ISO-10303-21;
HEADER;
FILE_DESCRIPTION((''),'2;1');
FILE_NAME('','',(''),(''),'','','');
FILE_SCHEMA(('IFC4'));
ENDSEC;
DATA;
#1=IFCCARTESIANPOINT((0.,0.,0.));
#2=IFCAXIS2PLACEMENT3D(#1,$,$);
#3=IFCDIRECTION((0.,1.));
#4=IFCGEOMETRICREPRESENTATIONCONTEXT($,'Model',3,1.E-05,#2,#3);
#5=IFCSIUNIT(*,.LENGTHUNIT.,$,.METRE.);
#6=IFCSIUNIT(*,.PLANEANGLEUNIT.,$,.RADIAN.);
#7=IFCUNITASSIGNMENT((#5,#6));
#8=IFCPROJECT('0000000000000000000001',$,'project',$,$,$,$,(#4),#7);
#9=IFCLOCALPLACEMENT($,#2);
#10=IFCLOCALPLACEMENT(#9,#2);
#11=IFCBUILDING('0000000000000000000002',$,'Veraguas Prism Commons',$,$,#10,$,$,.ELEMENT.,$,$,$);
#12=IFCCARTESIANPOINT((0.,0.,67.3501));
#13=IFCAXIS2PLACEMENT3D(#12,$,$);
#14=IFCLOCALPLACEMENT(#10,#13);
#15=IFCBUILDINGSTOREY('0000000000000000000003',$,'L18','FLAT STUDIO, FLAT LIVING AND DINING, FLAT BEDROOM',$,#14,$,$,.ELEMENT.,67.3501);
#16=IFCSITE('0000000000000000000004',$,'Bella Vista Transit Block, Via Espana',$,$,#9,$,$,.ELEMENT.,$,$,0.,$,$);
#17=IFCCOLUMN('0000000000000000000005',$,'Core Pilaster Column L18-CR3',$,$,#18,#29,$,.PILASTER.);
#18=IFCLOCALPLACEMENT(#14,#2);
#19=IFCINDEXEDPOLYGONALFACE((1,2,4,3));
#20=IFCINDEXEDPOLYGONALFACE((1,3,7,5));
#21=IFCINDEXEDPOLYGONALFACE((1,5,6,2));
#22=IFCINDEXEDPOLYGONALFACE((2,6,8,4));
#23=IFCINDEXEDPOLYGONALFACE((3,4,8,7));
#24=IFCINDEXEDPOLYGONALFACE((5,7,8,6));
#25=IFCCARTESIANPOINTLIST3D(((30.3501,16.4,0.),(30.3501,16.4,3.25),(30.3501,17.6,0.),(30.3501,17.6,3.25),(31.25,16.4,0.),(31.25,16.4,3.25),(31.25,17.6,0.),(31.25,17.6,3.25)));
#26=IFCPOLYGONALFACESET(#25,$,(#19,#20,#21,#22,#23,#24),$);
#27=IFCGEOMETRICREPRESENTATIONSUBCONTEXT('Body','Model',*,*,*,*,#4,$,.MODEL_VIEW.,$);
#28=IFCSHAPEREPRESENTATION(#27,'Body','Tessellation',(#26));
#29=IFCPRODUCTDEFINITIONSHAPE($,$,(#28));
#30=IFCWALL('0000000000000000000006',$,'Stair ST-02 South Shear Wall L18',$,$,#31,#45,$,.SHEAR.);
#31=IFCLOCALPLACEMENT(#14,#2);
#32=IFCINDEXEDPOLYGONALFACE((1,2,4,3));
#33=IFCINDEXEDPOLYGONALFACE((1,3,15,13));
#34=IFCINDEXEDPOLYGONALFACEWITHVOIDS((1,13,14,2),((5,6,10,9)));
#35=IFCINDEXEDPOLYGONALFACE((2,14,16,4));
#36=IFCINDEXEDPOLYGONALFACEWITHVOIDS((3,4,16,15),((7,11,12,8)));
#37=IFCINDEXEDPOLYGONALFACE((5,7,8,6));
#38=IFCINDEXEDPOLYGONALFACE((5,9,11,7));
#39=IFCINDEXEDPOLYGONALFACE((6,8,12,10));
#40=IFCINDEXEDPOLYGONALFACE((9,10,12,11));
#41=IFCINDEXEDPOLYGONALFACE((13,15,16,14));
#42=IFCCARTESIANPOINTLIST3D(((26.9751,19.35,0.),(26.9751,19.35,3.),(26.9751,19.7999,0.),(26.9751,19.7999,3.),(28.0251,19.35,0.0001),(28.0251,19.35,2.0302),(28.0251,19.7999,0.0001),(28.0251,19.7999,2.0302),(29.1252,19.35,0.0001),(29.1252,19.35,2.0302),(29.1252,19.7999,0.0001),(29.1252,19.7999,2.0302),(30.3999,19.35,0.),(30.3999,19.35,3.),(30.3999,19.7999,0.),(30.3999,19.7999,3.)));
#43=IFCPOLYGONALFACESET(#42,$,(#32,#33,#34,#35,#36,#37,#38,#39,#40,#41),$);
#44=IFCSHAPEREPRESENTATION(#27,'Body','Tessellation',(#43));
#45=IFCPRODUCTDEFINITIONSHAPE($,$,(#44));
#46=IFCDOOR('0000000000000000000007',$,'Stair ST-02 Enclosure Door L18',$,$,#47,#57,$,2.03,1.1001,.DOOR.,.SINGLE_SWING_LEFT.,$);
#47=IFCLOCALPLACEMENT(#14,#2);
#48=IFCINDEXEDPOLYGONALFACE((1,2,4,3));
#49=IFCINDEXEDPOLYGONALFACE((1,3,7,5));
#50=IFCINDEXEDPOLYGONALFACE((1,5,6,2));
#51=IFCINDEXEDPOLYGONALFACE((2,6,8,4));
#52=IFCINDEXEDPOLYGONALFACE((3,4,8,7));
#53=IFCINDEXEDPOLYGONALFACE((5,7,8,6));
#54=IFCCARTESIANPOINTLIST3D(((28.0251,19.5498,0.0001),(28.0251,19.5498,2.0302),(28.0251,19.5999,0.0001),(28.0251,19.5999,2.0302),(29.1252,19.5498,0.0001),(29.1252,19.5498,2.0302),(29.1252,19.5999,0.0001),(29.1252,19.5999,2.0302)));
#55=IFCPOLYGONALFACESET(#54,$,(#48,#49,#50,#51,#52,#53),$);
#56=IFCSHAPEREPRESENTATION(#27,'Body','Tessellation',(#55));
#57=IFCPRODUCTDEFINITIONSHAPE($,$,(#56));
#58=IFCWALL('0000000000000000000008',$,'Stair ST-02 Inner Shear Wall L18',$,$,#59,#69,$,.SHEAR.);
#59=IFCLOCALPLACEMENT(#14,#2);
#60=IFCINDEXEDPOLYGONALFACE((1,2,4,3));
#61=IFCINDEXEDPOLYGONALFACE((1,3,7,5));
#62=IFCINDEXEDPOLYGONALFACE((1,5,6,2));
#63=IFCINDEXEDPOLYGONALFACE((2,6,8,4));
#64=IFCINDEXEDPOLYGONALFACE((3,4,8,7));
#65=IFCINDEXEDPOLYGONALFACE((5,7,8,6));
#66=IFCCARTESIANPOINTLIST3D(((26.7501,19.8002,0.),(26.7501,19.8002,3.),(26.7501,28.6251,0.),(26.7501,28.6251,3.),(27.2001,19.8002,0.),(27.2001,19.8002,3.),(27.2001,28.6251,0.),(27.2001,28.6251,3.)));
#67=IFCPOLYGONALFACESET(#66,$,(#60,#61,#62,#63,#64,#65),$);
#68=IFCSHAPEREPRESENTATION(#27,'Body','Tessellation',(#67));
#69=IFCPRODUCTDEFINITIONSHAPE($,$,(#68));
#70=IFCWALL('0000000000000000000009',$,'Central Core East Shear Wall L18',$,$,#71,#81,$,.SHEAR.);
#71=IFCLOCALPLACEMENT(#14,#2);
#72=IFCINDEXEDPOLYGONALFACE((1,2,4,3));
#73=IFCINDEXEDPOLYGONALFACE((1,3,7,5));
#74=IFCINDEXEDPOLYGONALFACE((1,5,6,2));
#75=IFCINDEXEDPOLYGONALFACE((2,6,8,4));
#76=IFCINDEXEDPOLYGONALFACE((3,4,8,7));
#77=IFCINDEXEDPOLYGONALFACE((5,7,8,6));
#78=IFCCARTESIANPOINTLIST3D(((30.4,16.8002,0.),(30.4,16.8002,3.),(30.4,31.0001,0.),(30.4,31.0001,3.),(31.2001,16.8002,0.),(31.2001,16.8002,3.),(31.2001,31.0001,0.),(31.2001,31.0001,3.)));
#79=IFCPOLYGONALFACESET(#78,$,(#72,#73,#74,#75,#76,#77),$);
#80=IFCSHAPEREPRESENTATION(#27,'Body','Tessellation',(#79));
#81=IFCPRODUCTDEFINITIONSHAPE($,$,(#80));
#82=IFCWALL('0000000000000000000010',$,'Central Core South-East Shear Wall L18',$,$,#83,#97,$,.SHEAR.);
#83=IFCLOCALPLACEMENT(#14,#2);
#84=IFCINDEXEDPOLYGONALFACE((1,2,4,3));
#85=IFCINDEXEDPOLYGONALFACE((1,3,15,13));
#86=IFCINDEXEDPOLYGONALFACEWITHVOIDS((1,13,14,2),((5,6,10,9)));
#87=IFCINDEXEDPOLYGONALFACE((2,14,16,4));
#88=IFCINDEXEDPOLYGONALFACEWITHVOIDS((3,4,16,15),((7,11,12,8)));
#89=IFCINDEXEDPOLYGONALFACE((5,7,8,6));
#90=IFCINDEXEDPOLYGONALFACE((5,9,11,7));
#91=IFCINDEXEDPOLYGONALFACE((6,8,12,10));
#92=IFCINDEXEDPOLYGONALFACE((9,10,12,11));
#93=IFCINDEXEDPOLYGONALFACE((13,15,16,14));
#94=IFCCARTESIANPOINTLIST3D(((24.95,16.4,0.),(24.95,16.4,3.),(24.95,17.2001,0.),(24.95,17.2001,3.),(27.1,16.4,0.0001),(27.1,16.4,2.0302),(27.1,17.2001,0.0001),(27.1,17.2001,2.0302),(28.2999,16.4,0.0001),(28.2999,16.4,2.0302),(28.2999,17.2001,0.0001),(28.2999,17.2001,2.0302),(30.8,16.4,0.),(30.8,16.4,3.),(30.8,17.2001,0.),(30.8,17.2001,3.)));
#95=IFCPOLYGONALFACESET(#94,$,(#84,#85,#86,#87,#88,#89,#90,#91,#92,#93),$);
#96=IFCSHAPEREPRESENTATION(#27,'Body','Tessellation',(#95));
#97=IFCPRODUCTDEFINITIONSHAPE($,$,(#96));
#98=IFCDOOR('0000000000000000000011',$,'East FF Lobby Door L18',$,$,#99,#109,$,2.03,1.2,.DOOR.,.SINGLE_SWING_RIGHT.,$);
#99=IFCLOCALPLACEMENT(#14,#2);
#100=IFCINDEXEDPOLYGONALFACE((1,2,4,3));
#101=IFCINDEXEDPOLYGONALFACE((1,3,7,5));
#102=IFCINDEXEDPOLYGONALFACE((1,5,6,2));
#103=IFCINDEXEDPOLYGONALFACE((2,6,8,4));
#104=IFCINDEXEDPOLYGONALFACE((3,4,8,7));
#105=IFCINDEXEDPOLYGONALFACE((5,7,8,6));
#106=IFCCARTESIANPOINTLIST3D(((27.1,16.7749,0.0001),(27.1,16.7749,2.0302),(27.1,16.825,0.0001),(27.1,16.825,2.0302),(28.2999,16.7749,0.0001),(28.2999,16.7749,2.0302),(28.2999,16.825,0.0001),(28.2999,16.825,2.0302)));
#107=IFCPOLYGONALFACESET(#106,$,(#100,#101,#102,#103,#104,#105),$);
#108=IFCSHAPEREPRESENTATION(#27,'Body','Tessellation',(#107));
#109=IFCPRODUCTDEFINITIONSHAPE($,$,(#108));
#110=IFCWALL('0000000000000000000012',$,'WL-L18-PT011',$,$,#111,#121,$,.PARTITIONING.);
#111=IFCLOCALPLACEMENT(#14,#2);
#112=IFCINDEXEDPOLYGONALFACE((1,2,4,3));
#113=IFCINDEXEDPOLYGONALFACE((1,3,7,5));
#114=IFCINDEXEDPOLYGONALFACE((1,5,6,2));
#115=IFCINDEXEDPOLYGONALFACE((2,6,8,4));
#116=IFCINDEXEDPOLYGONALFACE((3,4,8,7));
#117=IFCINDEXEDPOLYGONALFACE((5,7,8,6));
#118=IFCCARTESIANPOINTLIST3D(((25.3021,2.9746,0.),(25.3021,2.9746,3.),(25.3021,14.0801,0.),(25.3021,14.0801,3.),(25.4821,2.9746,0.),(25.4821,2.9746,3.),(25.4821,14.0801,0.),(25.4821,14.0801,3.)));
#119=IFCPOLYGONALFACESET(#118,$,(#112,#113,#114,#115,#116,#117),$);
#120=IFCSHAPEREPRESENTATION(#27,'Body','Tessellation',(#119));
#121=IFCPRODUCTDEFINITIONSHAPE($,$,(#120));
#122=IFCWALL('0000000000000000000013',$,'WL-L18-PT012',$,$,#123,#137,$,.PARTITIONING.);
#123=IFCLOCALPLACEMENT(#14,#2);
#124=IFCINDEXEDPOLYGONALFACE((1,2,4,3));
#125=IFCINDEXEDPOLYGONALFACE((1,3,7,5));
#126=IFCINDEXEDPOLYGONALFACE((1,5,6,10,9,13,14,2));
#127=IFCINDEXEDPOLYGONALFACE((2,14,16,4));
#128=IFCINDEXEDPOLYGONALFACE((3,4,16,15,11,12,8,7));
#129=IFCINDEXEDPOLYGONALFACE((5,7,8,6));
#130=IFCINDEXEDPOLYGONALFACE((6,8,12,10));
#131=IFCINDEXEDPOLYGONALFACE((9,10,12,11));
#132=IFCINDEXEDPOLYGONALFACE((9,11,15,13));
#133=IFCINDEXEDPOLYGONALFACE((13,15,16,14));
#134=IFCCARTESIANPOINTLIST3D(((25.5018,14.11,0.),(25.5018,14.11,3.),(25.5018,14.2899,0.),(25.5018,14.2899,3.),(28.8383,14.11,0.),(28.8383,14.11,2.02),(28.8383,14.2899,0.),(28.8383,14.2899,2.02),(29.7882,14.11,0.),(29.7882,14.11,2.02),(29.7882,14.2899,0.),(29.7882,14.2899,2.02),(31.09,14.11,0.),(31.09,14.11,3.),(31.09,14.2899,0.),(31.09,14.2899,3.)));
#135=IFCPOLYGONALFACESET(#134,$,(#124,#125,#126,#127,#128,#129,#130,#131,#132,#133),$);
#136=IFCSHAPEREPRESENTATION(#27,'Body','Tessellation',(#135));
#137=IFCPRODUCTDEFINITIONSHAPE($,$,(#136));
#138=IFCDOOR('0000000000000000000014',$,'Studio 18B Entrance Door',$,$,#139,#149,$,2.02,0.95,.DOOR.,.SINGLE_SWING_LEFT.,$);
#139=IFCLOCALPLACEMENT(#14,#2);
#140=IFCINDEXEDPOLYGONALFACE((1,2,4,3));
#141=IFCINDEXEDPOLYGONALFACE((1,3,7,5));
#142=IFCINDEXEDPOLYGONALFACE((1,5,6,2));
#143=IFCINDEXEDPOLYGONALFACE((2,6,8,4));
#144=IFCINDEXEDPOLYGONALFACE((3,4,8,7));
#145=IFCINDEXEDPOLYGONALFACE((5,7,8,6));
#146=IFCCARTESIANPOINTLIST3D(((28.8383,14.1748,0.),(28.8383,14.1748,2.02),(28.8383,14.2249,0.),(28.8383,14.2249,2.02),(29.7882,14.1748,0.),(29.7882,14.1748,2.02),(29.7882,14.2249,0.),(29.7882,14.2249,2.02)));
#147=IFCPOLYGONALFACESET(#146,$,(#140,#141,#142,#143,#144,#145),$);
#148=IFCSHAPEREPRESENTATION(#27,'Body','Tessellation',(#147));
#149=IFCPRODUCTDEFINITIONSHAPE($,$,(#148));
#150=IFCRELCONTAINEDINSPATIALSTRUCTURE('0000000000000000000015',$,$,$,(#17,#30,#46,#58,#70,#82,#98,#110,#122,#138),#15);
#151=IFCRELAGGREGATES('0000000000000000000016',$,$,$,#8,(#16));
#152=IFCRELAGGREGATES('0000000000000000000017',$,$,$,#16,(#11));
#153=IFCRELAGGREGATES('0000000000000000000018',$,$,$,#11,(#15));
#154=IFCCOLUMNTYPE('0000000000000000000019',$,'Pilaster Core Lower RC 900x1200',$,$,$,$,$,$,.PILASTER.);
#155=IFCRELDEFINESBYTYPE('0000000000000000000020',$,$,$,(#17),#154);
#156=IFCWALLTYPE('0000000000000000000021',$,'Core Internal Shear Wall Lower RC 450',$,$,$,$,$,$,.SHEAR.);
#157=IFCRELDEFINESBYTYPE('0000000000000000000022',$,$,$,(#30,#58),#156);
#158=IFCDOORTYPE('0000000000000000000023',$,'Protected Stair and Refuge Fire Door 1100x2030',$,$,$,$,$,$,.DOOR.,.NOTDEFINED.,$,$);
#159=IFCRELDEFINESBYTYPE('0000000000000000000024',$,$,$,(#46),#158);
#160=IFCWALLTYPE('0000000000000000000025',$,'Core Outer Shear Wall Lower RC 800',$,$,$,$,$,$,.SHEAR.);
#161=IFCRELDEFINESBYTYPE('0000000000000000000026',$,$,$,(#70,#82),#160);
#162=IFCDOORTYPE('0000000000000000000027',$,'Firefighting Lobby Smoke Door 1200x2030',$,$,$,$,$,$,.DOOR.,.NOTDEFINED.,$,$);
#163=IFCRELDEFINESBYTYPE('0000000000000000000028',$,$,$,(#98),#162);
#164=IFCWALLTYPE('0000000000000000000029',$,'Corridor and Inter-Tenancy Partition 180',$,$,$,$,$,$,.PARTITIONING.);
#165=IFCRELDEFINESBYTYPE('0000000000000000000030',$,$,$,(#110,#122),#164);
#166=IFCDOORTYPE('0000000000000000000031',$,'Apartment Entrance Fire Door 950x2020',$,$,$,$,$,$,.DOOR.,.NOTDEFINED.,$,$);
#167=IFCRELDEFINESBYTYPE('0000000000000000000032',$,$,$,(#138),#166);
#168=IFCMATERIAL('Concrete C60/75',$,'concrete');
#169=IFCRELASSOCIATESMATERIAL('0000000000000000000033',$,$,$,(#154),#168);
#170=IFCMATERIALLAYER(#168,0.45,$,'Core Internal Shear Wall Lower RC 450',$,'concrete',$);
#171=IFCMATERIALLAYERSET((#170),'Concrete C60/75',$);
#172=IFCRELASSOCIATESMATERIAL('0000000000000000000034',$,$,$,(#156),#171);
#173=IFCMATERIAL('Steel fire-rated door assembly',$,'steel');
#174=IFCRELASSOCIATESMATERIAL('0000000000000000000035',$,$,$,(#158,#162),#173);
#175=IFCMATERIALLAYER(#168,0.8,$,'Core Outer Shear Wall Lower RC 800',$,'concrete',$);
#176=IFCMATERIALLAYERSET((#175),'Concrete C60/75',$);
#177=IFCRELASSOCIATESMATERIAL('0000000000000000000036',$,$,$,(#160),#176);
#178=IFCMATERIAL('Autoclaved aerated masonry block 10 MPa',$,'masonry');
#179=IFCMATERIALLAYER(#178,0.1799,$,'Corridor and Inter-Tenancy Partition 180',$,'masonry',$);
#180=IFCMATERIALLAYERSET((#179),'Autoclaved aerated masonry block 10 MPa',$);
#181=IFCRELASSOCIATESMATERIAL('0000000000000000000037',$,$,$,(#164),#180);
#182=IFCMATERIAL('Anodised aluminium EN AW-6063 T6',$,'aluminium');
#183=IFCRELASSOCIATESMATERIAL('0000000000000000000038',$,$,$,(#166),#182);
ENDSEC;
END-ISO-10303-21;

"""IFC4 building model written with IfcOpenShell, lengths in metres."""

from ifc_helpers import new_model, si_unit, direction, frame, frame_2d, origin, origin_2d, place, context, subcontext, project, spatial, rectangle, extrude, source, transform, mapped, material, layer, layer_set, material_profile, profile_set, type_object, element, fill, save


model = new_model("IFC4")

# Units and contexts
model_context = context("Model", 3, precision=1e-05, world=origin(), true_north=direction((0.0, 1.0)))
body_context = subcontext(model_context, "Body", "Model", "MODEL_VIEW")
ifc_project = project(units=[si_unit("LENGTHUNIT", "METRE"), si_unit("PLANEANGLEUNIT", "RADIAN")], contexts=[model_context])

# Site, building, storey
site_placement = place(None, origin())
site = spatial("IfcSite", under=ifc_project, at=site_placement, Name="Bella Vista Transit Block, Via Espana", CompositionType="ELEMENT", RefElevation=0.0)
building_placement = place(site_placement, origin())
building = spatial("IfcBuilding", under=site, at=building_placement, Name="Veraguas Prism Commons", CompositionType="ELEMENT")
storey_placement = place(building_placement, frame((0.0, 0.0, 67.3501)))
storey = spatial("IfcBuildingStorey", under=building, at=storey_placement, Name="L18", Description="FLAT STUDIO, FLAT LIVING AND DINING, FLAT BEDROOM", CompositionType="ELEMENT", Elevation=67.3501)

# Column
ifc_material_1 = material(Name="Concrete C60/75", Category="concrete")
ifc_material_profile = material_profile(ifc_material_1, rectangle(XDim=0.8999, YDim=1.2, at=origin_2d()), Name="RC900X1200")
ifc_profile_set = profile_set([ifc_material_profile], Name="Concrete C60/75")
column_type = type_object("IfcColumnType", Name="Pilaster Core Lower RC 900x1200", PredefinedType="PILASTER", material=ifc_profile_set)
column_placement = place(storey_placement, frame((30.8, 17.0, 0.0), z_axis=(0.0, 0.0, 1.0), x_axis=(1.0, 0.0, 0.0)))
element("IfcColumn", 1, at=column_placement, inside=storey, type_object=column_type, Name="Core Pilaster Column L18-CR3", PredefinedType="PILASTER", context=body_context, shape_type="SweptSolid", body=[
    extrude(rectangle(XDim=0.8999, YDim=1.2, at=origin_2d()), origin(), (0.0, 0.0, 1.0), 3.25),
])

# Wall, opening, door
ifc_layer_1 = layer(ifc_material_1, 0.45, Name="Core Internal Shear Wall Lower RC 450", Category="concrete")
ifc_layer_set_1 = layer_set([ifc_layer_1], Name="Concrete C60/75")
wall_type_1 = type_object("IfcWallType", Name="Core Internal Shear Wall Lower RC 450", PredefinedType="SHEAR", material=ifc_layer_set_1)
wall_1_placement = place(storey_placement, frame((26.9751, 19.575, 0.0), z_axis=(0.0, 0.0, 1.0), x_axis=(1.0, 0.0, 0.0)))
wall_1 = element("IfcWall", 2, at=wall_1_placement, inside=storey, type_object=wall_type_1, Name="Stair ST-02 South Shear Wall L18", PredefinedType="SHEAR", context=body_context, shape_type="SweptSolid", body=[
    extrude(rectangle(XDim=3.4248, YDim=0.45, at=frame_2d((1.7124, 0.0))), origin(), (0.0, 0.0, 1.0), 3.0),
])
opening_1_placement = place(wall_1_placement, frame((1.05, 0.0, 0.0)))
opening_1 = element("IfcOpeningElement", 3, at=opening_1_placement, cuts=wall_1, PredefinedType="OPENING", context=body_context, shape_type="SweptSolid", body=[
    extrude(rectangle(XDim=1.1001, YDim=2.03, at=frame_2d((0.55, 1.0151))), frame((0.0, 0.2349, 0.0), z_axis=(0.0, -1.0, 0.0), x_axis=(1.0, 0.0, 0.0)), (0.0, 0.0, 1.0), 0.47),
])
ifc_material_2 = material(Name="Steel fire-rated door assembly", Category="steel")
door_type_1 = type_object("IfcDoorType", Name="Protected Stair and Refuge Fire Door 1100x2030", OperationType="NOTDEFINED", PredefinedType="DOOR", material=ifc_material_2)
shared_shape_1 = source(origin(), body_context, "Body", "SweptSolid", [
    extrude(rectangle(XDim=1.1001, YDim=2.03, at=frame_2d((0.55, 1.0151))), frame((0.0, 0.0249, 0.0), z_axis=(0.0, -1.0, 0.0), x_axis=(1.0, 0.0, 0.0)), (0.0, 0.0, 1.0), 0.05),
])
door_1_placement = place(opening_1_placement, origin())
door_1 = element("IfcDoor", 4, at=door_1_placement, inside=storey, type_object=door_type_1, Name="Stair ST-02 Enclosure Door L18", OperationType="SINGLE_SWING_LEFT", OverallHeight=2.03, OverallWidth=1.1001, PredefinedType="DOOR", context=body_context, shape_type="MappedRepresentation", body=[
    mapped(shared_shape_1, transform((0.0, 0.0, 0.0), scale=1.0)),
])
fill(opening_1, door_1)

# Walls
wall_2_placement = place(storey_placement, frame((26.9751, 19.8, 0.0), z_axis=(0.0, 0.0, 1.0), x_axis=(0.0, 1.0, 0.0)))
element("IfcWall", 5, at=wall_2_placement, inside=storey, type_object=wall_type_1, Name="Stair ST-02 Inner Shear Wall L18", PredefinedType="SHEAR", context=body_context, shape_type="SweptSolid", body=[
    extrude(rectangle(XDim=8.825, YDim=0.45, at=frame_2d((4.4126, 0.0))), origin(), (0.0, 0.0, 1.0), 3.0),
])
ifc_layer_2 = layer(ifc_material_1, 0.8, Name="Core Outer Shear Wall Lower RC 800", Category="concrete")
ifc_layer_set_2 = layer_set([ifc_layer_2], Name="Concrete C60/75")
wall_type_2 = type_object("IfcWallType", Name="Core Outer Shear Wall Lower RC 800", PredefinedType="SHEAR", material=ifc_layer_set_2)
wall_3_placement = place(storey_placement, frame((30.8, 16.8, 0.0), z_axis=(0.0, 0.0, 1.0), x_axis=(0.0, 1.0, 0.0)))
element("IfcWall", 6, at=wall_3_placement, inside=storey, type_object=wall_type_2, Name="Central Core East Shear Wall L18", PredefinedType="SHEAR", context=body_context, shape_type="SweptSolid", body=[
    extrude(rectangle(XDim=14.2, YDim=0.8, at=frame_2d((7.1001, 0.0))), origin(), (0.0, 0.0, 1.0), 3.0),
])

# Wall, opening, door
wall_4_placement = place(storey_placement, frame((24.95, 16.8, 0.0), z_axis=(0.0, 0.0, 1.0), x_axis=(1.0, 0.0, 0.0)))
wall_4 = element("IfcWall", 7, at=wall_4_placement, inside=storey, type_object=wall_type_2, Name="Central Core South-East Shear Wall L18", PredefinedType="SHEAR", context=body_context, shape_type="SweptSolid", body=[
    extrude(rectangle(XDim=5.8501, YDim=0.8, at=frame_2d((2.925, 0.0))), origin(), (0.0, 0.0, 1.0), 3.0),
])
opening_2_placement = place(wall_4_placement, frame((2.1499, 0.0, 0.0)))
opening_2 = element("IfcOpeningElement", 8, at=opening_2_placement, cuts=wall_4, PredefinedType="OPENING", context=body_context, shape_type="SweptSolid", body=[
    extrude(rectangle(XDim=1.2, YDim=2.03, at=frame_2d((0.6001, 1.0151))), frame((0.0, 0.4099, 0.0), z_axis=(0.0, -1.0, 0.0), x_axis=(1.0, 0.0, 0.0)), (0.0, 0.0, 1.0), 0.8201),
])
door_type_2 = type_object("IfcDoorType", Name="Firefighting Lobby Smoke Door 1200x2030", OperationType="NOTDEFINED", PredefinedType="DOOR", material=ifc_material_2)
shared_shape_2 = source(origin(), body_context, "Body", "SweptSolid", [
    extrude(rectangle(XDim=1.2, YDim=2.03, at=frame_2d((0.6001, 1.0151))), frame((0.0, 0.0249, 0.0), z_axis=(0.0, -1.0, 0.0), x_axis=(1.0, 0.0, 0.0)), (0.0, 0.0, 1.0), 0.05),
])
door_2_placement = place(opening_2_placement, origin())
door_2 = element("IfcDoor", 9, at=door_2_placement, inside=storey, type_object=door_type_2, Name="East FF Lobby Door L18", OperationType="SINGLE_SWING_RIGHT", OverallHeight=2.03, OverallWidth=1.2, PredefinedType="DOOR", context=body_context, shape_type="MappedRepresentation", body=[
    mapped(shared_shape_2, transform((0.0, 0.0, 0.0), scale=1.0)),
])
fill(opening_2, door_2)

# Wall
ifc_material_3 = material(Name="Autoclaved aerated masonry block 10 MPa", Category="masonry")
ifc_layer_3 = layer(ifc_material_3, 0.1799, Name="Corridor and Inter-Tenancy Partition 180", Category="masonry")
ifc_layer_set_3 = layer_set([ifc_layer_3], Name="Autoclaved aerated masonry block 10 MPa")
wall_type_3 = type_object("IfcWallType", Name="Corridor and Inter-Tenancy Partition 180", PredefinedType="PARTITIONING", material=ifc_layer_set_3)
wall_5_placement = place(storey_placement, frame((25.3921, 14.0801, 0.0), z_axis=(0.0, 0.0, 1.0), x_axis=(0.0, -1.0, 0.0)))
element("IfcWall", 10, at=wall_5_placement, inside=storey, type_object=wall_type_3, Name="WL-L18-PT011", PredefinedType="PARTITIONING", context=body_context, shape_type="SweptSolid", body=[
    extrude(rectangle(XDim=11.1055, YDim=0.1799, at=frame_2d((5.5527, 0.0))), origin(), (0.0, 0.0, 1.0), 3.0),
])

# Wall, opening, door
wall_6_placement = place(storey_placement, frame((25.502, 14.2, 0.0), z_axis=(0.0, 0.0, 1.0), x_axis=(1.0, 0.0, 0.0)))
wall_6 = element("IfcWall", 11, at=wall_6_placement, inside=storey, type_object=wall_type_3, Name="WL-L18-PT012", PredefinedType="PARTITIONING", context=body_context, shape_type="SweptSolid", body=[
    extrude(rectangle(XDim=5.5881, YDim=0.1799, at=frame_2d((2.7939, 0.0))), origin(), (0.0, 0.0, 1.0), 3.0),
])
opening_3_placement = place(wall_6_placement, frame((3.3362, 0.0, 0.0)))
opening_3 = element("IfcOpeningElement", 12, at=opening_3_placement, cuts=wall_6, PredefinedType="OPENING", context=body_context, shape_type="SweptSolid", body=[
    extrude(rectangle(XDim=0.95, YDim=2.02, at=frame_2d((0.4751, 1.01))), frame((0.0, 0.0999, 0.0), z_axis=(0.0, -1.0, 0.0), x_axis=(1.0, 0.0, 0.0)), (0.0, 0.0, 1.0), 0.2),
])
ifc_material_4 = material(Name="Anodised aluminium EN AW-6063 T6", Category="aluminium")
door_type_3 = type_object("IfcDoorType", Name="Apartment Entrance Fire Door 950x2020", OperationType="NOTDEFINED", PredefinedType="DOOR", material=ifc_material_4)
shared_shape_3 = source(origin(), body_context, "Body", "SweptSolid", [
    extrude(rectangle(XDim=0.95, YDim=2.02, at=frame_2d((0.4751, 1.01))), frame((0.0, 0.0249, 0.0), z_axis=(0.0, -1.0, 0.0), x_axis=(1.0, 0.0, 0.0)), (0.0, 0.0, 1.0), 0.05),
])
door_3_placement = place(opening_3_placement, origin())
door_3 = element("IfcDoor", 13, at=door_3_placement, inside=storey, type_object=door_type_3, Name="Studio 18B Entrance Door", OperationType="SINGLE_SWING_LEFT", OverallHeight=2.02, OverallWidth=0.95, PredefinedType="DOOR", context=body_context, shape_type="MappedRepresentation", body=[
    mapped(shared_shape_3, transform((0.0, 0.0, 0.0), scale=1.0)),
])
fill(opening_3, door_3)

save(model, "model.ifc")
